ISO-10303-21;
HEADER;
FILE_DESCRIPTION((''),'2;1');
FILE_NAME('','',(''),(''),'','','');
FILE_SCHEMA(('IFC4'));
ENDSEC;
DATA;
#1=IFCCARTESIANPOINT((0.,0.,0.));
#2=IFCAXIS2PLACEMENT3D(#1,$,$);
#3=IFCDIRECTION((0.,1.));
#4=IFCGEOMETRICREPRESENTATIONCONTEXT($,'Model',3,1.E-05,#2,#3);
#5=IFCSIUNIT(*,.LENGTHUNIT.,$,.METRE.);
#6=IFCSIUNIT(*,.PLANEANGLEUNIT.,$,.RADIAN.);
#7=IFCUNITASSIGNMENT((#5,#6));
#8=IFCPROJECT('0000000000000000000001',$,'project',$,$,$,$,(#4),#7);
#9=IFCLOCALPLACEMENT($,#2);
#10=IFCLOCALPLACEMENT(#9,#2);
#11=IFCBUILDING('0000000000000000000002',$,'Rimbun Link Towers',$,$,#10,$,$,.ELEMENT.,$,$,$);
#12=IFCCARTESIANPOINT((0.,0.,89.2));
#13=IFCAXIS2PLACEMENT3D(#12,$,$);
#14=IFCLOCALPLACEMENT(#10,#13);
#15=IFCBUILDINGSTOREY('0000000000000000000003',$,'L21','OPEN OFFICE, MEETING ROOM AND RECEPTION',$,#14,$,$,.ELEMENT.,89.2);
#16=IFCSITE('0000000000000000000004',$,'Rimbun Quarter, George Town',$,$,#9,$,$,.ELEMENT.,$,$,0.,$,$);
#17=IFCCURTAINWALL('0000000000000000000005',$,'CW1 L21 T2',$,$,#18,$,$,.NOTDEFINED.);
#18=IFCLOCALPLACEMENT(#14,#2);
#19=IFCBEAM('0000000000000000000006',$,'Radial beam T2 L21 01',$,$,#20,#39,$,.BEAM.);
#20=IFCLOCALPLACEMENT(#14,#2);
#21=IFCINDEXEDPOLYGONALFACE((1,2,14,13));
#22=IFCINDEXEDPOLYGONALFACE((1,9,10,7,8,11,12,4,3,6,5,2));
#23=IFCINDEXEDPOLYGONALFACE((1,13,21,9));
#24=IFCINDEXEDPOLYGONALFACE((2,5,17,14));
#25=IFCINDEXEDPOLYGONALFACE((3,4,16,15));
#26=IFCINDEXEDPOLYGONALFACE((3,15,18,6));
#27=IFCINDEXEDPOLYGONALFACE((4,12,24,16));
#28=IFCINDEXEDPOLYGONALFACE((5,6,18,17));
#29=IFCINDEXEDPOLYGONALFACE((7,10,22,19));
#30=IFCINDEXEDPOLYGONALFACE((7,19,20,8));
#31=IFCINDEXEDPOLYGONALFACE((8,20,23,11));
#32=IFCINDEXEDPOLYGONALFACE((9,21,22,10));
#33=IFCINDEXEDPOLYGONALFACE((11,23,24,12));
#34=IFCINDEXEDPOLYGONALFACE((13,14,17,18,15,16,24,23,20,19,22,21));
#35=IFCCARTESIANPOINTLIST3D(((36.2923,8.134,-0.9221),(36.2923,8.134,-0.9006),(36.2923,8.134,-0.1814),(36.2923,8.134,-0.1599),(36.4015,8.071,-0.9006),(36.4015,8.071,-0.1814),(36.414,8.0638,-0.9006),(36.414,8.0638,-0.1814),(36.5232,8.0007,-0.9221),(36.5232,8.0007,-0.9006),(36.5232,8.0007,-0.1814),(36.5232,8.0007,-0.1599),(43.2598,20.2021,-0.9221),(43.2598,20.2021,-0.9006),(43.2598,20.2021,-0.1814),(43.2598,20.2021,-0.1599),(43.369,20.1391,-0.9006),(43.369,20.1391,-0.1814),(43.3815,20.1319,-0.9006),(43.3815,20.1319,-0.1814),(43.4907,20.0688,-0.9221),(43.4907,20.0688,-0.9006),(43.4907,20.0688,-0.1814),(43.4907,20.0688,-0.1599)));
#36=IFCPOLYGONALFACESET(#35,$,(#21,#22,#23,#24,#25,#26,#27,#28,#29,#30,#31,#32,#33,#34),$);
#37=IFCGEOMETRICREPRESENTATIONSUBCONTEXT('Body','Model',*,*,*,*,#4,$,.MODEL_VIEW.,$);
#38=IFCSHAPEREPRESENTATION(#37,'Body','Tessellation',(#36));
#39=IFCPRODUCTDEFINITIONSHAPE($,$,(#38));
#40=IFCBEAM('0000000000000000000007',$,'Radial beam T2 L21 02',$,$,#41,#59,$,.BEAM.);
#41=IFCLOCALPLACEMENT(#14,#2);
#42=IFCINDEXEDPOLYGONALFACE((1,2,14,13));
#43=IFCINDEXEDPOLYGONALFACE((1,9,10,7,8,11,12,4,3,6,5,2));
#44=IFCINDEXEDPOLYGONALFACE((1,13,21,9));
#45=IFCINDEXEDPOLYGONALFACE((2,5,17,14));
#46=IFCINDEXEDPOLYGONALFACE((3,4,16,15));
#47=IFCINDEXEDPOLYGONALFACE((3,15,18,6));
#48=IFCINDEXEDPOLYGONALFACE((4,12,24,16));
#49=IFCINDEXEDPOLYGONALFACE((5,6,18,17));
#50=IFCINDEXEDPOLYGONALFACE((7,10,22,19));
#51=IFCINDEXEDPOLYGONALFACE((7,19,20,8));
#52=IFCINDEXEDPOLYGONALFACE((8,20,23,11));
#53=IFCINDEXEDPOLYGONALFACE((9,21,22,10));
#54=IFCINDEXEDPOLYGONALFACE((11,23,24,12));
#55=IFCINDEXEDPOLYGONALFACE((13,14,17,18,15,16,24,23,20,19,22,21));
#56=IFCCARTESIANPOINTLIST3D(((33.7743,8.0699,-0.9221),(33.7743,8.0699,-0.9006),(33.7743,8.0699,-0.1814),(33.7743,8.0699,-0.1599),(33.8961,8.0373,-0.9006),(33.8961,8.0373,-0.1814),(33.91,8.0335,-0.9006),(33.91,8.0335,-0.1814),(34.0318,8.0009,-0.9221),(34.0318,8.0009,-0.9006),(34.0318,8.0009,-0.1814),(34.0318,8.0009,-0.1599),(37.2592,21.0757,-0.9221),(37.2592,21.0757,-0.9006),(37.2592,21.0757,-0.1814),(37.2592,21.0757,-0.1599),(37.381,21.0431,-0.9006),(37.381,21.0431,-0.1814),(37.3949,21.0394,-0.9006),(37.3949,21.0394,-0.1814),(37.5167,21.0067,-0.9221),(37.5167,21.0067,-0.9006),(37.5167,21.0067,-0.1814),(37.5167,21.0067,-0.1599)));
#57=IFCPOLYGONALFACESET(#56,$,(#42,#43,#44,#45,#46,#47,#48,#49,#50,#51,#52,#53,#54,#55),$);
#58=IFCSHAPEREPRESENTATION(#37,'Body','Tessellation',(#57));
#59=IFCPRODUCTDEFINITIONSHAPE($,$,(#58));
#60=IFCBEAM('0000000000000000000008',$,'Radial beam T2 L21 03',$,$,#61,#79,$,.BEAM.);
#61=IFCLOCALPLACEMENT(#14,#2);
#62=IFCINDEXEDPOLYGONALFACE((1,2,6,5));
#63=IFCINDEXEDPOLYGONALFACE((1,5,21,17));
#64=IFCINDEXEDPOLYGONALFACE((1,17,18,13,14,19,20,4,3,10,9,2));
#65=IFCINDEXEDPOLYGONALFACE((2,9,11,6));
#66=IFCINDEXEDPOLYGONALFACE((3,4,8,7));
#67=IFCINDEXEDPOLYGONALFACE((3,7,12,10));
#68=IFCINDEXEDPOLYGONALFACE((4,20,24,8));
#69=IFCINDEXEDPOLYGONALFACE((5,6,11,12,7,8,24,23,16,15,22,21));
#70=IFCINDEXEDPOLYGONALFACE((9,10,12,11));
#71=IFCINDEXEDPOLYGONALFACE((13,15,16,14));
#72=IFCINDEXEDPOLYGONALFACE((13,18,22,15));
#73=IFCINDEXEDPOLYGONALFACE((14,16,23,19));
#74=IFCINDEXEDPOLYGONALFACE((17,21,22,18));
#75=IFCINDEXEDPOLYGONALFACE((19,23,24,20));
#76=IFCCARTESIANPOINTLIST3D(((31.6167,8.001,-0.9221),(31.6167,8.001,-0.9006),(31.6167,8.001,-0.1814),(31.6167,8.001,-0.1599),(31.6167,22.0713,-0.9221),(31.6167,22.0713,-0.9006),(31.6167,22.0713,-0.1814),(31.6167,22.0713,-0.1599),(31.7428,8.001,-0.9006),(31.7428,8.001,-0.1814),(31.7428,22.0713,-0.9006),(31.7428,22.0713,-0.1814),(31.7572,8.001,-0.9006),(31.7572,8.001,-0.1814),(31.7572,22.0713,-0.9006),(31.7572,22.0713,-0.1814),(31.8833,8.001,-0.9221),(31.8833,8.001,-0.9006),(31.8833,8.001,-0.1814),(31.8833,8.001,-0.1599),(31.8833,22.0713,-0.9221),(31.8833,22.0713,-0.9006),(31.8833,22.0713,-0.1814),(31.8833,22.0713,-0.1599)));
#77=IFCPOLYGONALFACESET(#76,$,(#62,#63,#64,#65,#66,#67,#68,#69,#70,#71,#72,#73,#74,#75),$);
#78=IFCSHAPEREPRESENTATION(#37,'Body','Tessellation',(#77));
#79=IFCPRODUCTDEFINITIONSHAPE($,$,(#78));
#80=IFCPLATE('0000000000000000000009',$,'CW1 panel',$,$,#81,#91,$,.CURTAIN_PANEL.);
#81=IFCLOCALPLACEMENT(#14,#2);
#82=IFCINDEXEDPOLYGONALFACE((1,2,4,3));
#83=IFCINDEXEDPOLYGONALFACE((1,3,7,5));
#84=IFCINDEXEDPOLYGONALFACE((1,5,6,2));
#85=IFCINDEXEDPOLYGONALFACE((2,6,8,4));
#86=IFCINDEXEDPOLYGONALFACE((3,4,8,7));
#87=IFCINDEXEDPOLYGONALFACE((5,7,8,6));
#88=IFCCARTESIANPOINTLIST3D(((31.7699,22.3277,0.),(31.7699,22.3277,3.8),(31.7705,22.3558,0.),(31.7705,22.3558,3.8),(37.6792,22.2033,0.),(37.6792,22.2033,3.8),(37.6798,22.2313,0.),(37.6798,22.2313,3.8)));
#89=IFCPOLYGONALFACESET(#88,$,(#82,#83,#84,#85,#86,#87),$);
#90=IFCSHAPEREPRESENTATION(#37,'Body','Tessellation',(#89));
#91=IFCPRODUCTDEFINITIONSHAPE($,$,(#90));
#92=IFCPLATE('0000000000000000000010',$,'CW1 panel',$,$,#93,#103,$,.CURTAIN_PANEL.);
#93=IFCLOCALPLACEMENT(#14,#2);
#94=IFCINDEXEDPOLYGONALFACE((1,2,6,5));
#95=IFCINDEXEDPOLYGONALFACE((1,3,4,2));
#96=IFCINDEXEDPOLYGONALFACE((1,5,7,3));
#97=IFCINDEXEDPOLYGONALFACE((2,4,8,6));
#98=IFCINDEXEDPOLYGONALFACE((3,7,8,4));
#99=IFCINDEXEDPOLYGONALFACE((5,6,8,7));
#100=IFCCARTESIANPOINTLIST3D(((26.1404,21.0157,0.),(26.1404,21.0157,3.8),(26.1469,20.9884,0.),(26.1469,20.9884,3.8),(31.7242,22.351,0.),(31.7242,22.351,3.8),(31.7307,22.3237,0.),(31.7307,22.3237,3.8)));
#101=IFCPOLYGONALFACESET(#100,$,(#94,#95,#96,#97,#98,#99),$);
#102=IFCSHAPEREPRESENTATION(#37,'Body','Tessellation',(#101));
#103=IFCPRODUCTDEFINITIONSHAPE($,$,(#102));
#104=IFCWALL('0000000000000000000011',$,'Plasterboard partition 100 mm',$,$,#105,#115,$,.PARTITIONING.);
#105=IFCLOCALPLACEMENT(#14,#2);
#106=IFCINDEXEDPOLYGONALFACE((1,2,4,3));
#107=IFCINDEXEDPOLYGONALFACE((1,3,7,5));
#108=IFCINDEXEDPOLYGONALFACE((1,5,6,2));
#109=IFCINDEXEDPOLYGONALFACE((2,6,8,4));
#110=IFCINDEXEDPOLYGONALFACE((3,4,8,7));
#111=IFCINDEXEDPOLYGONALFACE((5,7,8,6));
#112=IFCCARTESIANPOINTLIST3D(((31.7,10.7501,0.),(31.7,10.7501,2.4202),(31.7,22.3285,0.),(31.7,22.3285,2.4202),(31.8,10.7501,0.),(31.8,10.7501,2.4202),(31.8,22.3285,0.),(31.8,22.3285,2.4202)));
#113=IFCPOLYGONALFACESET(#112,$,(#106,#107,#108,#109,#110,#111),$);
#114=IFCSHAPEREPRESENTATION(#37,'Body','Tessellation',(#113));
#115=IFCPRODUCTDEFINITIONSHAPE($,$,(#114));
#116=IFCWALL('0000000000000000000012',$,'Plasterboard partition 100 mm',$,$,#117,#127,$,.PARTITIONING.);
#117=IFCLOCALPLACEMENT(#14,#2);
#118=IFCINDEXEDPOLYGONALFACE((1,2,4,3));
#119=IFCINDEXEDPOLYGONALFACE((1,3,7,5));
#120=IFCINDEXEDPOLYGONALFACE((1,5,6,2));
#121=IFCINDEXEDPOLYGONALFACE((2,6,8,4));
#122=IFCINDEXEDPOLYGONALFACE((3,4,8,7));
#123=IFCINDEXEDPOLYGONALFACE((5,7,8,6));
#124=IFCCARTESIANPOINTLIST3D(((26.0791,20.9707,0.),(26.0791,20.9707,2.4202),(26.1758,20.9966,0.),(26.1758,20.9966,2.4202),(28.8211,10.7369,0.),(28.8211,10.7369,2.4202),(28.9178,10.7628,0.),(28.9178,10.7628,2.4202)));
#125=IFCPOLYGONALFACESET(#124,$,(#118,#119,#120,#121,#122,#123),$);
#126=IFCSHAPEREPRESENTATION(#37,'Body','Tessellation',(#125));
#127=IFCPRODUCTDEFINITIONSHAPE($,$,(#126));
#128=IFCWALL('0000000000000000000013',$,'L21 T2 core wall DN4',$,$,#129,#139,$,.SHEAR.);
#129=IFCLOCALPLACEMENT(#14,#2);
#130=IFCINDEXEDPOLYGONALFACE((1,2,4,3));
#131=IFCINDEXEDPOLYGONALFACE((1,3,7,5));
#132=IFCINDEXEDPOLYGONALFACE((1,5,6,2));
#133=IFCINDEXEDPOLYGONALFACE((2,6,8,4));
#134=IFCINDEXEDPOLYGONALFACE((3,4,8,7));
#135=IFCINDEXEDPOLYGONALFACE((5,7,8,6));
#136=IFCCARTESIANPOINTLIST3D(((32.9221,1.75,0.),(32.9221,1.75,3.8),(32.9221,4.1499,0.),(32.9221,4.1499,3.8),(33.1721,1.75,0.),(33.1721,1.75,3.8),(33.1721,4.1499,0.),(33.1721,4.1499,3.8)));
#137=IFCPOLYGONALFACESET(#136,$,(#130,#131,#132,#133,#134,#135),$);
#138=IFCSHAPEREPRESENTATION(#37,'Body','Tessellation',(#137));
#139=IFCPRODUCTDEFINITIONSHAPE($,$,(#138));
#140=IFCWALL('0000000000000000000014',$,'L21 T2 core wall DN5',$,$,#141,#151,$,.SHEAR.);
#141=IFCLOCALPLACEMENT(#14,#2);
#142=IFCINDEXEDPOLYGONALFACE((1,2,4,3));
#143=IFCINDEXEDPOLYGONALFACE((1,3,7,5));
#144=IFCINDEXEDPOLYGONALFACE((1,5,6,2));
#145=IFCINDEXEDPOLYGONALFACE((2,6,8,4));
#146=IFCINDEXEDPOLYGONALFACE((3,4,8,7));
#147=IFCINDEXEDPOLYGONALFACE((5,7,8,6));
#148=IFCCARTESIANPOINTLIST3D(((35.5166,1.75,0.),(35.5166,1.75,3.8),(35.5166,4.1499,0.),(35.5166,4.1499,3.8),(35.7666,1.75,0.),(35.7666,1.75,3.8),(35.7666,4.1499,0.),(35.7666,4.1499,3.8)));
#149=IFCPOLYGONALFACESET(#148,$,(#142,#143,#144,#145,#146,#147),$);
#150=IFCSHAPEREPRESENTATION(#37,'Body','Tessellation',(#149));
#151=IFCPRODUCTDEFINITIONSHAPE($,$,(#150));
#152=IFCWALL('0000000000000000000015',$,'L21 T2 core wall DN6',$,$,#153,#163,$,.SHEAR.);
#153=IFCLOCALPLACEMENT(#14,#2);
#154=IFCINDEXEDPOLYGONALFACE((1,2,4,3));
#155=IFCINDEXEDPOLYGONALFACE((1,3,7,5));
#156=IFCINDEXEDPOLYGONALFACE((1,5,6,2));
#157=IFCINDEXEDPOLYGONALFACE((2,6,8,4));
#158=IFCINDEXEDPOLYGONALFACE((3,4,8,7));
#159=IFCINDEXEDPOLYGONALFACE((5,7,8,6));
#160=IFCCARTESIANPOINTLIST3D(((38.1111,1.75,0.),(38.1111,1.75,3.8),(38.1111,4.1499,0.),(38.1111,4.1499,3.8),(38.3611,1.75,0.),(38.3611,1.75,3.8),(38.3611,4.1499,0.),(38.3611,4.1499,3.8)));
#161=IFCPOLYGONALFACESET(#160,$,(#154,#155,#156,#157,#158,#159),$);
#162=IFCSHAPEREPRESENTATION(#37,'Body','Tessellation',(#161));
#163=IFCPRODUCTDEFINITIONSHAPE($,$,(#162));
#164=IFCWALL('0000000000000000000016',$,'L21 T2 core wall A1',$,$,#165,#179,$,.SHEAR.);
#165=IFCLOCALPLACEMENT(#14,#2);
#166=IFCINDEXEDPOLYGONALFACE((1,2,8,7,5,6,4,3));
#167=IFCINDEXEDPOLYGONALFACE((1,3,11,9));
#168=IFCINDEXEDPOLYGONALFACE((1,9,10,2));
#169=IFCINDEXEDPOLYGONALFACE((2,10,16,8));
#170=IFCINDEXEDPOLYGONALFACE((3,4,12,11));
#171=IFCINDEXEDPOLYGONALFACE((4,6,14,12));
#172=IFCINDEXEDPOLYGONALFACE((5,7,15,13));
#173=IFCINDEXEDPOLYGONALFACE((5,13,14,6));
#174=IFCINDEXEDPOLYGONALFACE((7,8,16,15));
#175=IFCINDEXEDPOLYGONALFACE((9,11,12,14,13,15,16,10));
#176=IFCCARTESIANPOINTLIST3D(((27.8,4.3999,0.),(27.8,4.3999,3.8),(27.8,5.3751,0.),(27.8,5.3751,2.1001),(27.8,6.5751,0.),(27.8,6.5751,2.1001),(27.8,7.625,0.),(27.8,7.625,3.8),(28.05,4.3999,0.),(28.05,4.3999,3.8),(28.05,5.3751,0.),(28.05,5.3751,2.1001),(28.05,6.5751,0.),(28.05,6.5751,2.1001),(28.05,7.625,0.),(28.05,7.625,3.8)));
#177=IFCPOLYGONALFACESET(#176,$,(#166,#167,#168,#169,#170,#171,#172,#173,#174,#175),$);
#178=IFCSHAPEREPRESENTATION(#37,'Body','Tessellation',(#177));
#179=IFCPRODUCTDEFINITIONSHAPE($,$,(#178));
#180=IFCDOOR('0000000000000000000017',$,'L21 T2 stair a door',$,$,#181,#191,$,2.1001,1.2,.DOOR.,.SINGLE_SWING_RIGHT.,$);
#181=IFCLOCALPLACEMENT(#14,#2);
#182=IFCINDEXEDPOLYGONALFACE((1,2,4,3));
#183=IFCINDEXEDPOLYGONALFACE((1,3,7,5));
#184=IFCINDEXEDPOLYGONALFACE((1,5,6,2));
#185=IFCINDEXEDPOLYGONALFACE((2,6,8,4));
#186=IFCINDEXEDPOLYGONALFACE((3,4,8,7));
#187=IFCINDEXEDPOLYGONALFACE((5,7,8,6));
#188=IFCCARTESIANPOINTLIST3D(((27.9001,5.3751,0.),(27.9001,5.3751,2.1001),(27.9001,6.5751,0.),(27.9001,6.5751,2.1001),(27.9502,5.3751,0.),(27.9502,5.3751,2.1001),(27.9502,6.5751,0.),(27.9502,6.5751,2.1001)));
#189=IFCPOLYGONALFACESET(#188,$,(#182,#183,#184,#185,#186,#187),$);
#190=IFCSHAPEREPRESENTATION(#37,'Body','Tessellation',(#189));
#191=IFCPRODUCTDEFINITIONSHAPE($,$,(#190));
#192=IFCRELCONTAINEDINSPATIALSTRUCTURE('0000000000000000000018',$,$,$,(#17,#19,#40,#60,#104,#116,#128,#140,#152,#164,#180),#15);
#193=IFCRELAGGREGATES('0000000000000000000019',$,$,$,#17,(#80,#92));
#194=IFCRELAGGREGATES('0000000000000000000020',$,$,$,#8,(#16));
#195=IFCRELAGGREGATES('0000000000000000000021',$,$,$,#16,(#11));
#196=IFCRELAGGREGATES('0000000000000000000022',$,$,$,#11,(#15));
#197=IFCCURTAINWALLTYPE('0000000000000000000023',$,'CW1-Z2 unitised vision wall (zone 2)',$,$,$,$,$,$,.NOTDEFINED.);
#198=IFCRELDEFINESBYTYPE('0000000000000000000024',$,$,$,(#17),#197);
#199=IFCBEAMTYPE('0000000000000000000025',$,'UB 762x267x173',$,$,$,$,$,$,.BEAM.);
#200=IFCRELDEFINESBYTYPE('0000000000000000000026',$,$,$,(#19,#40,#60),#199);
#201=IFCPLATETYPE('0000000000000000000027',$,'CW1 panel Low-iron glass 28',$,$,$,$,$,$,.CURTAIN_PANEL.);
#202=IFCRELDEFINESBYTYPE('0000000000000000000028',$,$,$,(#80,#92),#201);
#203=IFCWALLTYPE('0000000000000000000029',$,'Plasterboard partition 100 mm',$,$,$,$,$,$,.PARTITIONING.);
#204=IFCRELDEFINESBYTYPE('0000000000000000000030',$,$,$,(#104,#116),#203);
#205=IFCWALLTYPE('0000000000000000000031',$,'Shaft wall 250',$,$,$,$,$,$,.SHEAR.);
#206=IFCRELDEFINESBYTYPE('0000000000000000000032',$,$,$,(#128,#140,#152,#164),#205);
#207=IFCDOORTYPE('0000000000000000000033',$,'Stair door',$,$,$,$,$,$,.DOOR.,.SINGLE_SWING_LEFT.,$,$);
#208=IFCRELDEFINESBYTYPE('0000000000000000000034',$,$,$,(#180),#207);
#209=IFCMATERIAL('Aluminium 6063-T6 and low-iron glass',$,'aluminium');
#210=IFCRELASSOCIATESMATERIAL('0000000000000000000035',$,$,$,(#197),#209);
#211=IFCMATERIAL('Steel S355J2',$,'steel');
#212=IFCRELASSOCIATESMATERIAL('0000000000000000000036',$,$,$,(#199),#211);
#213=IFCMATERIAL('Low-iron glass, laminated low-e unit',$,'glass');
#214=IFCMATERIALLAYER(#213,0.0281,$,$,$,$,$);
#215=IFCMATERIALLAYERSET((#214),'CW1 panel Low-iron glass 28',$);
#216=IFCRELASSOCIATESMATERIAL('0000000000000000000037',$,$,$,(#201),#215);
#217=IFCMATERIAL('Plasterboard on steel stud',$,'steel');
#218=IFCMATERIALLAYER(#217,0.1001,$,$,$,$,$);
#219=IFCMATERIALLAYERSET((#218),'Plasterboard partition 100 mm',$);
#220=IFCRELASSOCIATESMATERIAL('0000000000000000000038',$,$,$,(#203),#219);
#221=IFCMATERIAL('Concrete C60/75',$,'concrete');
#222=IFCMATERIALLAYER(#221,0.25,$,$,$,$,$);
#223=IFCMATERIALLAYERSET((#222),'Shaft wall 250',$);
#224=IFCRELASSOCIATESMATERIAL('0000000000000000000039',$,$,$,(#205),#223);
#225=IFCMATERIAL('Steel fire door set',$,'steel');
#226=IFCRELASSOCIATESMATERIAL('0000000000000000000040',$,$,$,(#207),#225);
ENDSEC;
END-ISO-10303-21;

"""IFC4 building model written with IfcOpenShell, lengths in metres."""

from ifc_helpers import new_model, si_unit, direction, frame, frame_2d, origin, origin_2d, place, context, subcontext, project, spatial, rectangle, i_section, extrude, material, layer, layer_set, material_profile, profile_set, type_object, element, fill, aggregate, save


model = new_model("IFC4")

# Units and contexts
model_context = context("Model", 3, precision=1e-05, world=origin(), true_north=direction((0.0, 1.0)))
body_context = subcontext(model_context, "Body", "Model", "MODEL_VIEW")
ifc_project = project(units=[si_unit("LENGTHUNIT", "METRE"), si_unit("PLANEANGLEUNIT", "RADIAN")], contexts=[model_context])

# Site, building, storey
site_placement = place(None, origin())
site = spatial("IfcSite", under=ifc_project, at=site_placement, Name="Rimbun Quarter, George Town", CompositionType="ELEMENT", RefElevation=0.0)
building_placement = place(site_placement, origin())
building = spatial("IfcBuilding", under=site, at=building_placement, Name="Rimbun Link Towers", CompositionType="ELEMENT")
storey_placement = place(building_placement, frame((0.0, 0.0, 89.2)))
storey = spatial("IfcBuildingStorey", under=building, at=storey_placement, Name="L21", Description="OPEN OFFICE, MEETING ROOM AND RECEPTION", CompositionType="ELEMENT", Elevation=89.2)

# Curtain wall
ifc_material_1 = material(Name="Aluminium 6063-T6 and low-iron glass", Category="aluminium")
curtain_wall_type = type_object("IfcCurtainWallType", Name="CW1-Z2 unitised vision wall (zone 2)", PredefinedType="NOTDEFINED", material=ifc_material_1)
curtain_wall_placement = place(storey_placement, origin())
curtain_wall = element("IfcCurtainWall", 1, at=curtain_wall_placement, inside=storey, type_object=curtain_wall_type, Name="CW1 L21 T2", PredefinedType="NOTDEFINED")

# Beams
ifc_material_2 = material(Name="Steel S355J2", Category="steel")
ifc_material_profile_1 = material_profile(ifc_material_2, i_section(OverallWidth=0.2666, OverallDepth=0.7622, WebThickness=0.0144, FlangeThickness=0.0215, at=origin_2d()), Name="UB 762x267x173")
ifc_profile_set_1 = profile_set([ifc_material_profile_1], Name="Steel S355J2")
beam_type_1 = type_object("IfcBeamType", Name="UB 762x267x173", PredefinedType="BEAM", material=ifc_profile_set_1)
beam_1_placement = place(storey_placement, frame((36.4077, 8.0674, -0.541), z_axis=(0.5, 0.866025, 0.0), x_axis=(-0.866025, 0.5, 0.0)))
element("IfcBeam", 2, at=beam_1_placement, inside=storey, type_object=beam_type_1, Name="Radial beam T2 L21 01", PredefinedType="BEAM", context=body_context, shape_type="SweptSolid", body=[
    extrude(i_section(OverallWidth=0.2666, OverallDepth=0.7622, WebThickness=0.0144, FlangeThickness=0.0215, at=origin_2d()), origin(), (0.0, 0.0, 1.0), 13.9351),
])
beam_2_placement = place(storey_placement, frame((33.9031, 8.0354, -0.541), z_axis=(0.258816, 0.965927, 0.0), x_axis=(-0.965927, 0.258816, 0.0)))
element("IfcBeam", 3, at=beam_2_placement, inside=storey, type_object=beam_type_1, Name="Radial beam T2 L21 02", PredefinedType="BEAM", context=body_context, shape_type="SweptSolid", body=[
    extrude(i_section(OverallWidth=0.2666, OverallDepth=0.7622, WebThickness=0.0144, FlangeThickness=0.0215, at=origin_2d()), origin(), (0.0, 0.0, 1.0), 13.4646),
])
beam_3_placement = place(storey_placement, frame((31.75, 8.001, -0.541), z_axis=(0.0, 1.0, 0.0), x_axis=(-1.0, 0.0, 0.0)))
element("IfcBeam", 4, at=beam_3_placement, inside=storey, type_object=beam_type_1, Name="Radial beam T2 L21 03", PredefinedType="BEAM", context=body_context, shape_type="SweptSolid", body=[
    extrude(i_section(OverallWidth=0.2666, OverallDepth=0.7622, WebThickness=0.0144, FlangeThickness=0.0215, at=origin_2d()), origin(), (0.0, 0.0, 1.0), 14.0703),
])

# Plates
ifc_material_3 = material(Name="Low-iron glass, laminated low-e unit", Category="glass")
ifc_layer_1 = layer(ifc_material_3, 0.0281)
ifc_layer_set_1 = layer_set([ifc_layer_1], Name="CW1 panel Low-iron glass 28")
plate_type = type_object("IfcPlateType", Name="CW1 panel Low-iron glass 28", PredefinedType="CURTAIN_PANEL", material=ifc_layer_set_1)
plate_1_placement = place(storey_placement, frame((34.7249, 22.2795, 0.0), z_axis=(0.0, 0.0, 1.0), x_axis=(0.999778, -0.021057, 0.0)))
plate_1 = element("IfcPlate", 5, at=plate_1_placement, type_object=plate_type, Name="CW1 panel", PredefinedType="CURTAIN_PANEL", context=body_context, shape_type="SweptSolid", body=[
    extrude(rectangle(XDim=5.9106, YDim=0.0281, at=origin_2d()), origin(), (0.0, 0.0, 1.0), 3.8),
])
plate_2_placement = place(storey_placement, frame((28.9355, 21.6697, 0.0), z_axis=(0.0, 0.0, 1.0), x_axis=(0.972576, 0.232584, 0.0)))
plate_2 = element("IfcPlate", 6, at=plate_2_placement, type_object=plate_type, Name="CW1 panel", PredefinedType="CURTAIN_PANEL", context=body_context, shape_type="SweptSolid", body=[
    extrude(rectangle(XDim=5.7412, YDim=0.0281, at=origin_2d()), origin(), (0.0, 0.0, 1.0), 3.8),
])
aggregate(curtain_wall, [plate_1, plate_2])

# Walls
ifc_material_4 = material(Name="Plasterboard on steel stud", Category="steel")
ifc_layer_2 = layer(ifc_material_4, 0.1001)
ifc_layer_set_2 = layer_set([ifc_layer_2], Name="Plasterboard partition 100 mm")
wall_type_1 = type_object("IfcWallType", Name="Plasterboard partition 100 mm", PredefinedType="PARTITIONING", material=ifc_layer_set_2)
wall_1_placement = place(storey_placement, frame((31.75, 22.3284, 0.0), z_axis=(0.0, 0.0, 1.0), x_axis=(0.0, -1.0, 0.0)))
element("IfcWall", 7, at=wall_1_placement, inside=storey, type_object=wall_type_1, Name="Plasterboard partition 100 mm", PredefinedType="PARTITIONING", context=body_context, shape_type="SweptSolid", body=[
    extrude(rectangle(XDim=11.5784, YDim=0.1001, at=frame_2d((5.7891, 0.0))), origin(), (0.0, 0.0, 1.0), 2.4202),
])
wall_2_placement = place(storey_placement, frame((26.1274, 20.9836, 0.0), z_axis=(0.0, 0.0, 1.0), x_axis=(0.258806, -0.965929, 0.0)))
element("IfcWall", 8, at=wall_2_placement, inside=storey, type_object=wall_type_1, Name="Plasterboard partition 100 mm", PredefinedType="PARTITIONING", context=body_context, shape_type="SweptSolid", body=[
    extrude(rectangle(XDim=10.5947, YDim=0.1001, at=frame_2d((5.2974, 0.0))), origin(), (0.0, 0.0, 1.0), 2.4202),
])
ifc_material_5 = material(Name="Concrete C60/75", Category="concrete")
ifc_layer_3 = layer(ifc_material_5, 0.25)
ifc_layer_set_3 = layer_set([ifc_layer_3], Name="Shaft wall 250")
wall_type_2 = type_object("IfcWallType", Name="Shaft wall 250", PredefinedType="SHEAR", material=ifc_layer_set_3)
for number, where, z_axis, x_axis, name in (
    (9, (33.0471, 1.75, 0.0), (0.0, 0.0, 1.0), (0.0, 1.0, 0.0), "L21 T2 core wall DN4"),
    (10, (35.6416, 1.75, 0.0), (0.0, 0.0, 1.0), (0.0, 1.0, 0.0), "L21 T2 core wall DN5"),
    (11, (38.2361, 1.75, 0.0), (0.0, 0.0, 1.0), (0.0, 1.0, 0.0), "L21 T2 core wall DN6"),
):
    element("IfcWall", number, at=place(storey_placement, frame(where, z_axis=z_axis, x_axis=x_axis)), inside=storey, type_object=wall_type_2, Name=name, PredefinedType="SHEAR", context=body_context, shape_type="SweptSolid", body=[
        extrude(rectangle(XDim=2.3999, YDim=0.25, at=frame_2d((1.2, 0.0))), origin(), (0.0, 0.0, 1.0), 3.8),
    ])

# Wall, opening, door
wall_3_placement = place(storey_placement, frame((27.925, 4.3999, 0.0), z_axis=(0.0, 0.0, 1.0), x_axis=(0.0, 1.0, 0.0)))
wall_3 = element("IfcWall", 12, at=wall_3_placement, inside=storey, type_object=wall_type_2, Name="L21 T2 core wall A1", PredefinedType="SHEAR", context=body_context, shape_type="SweptSolid", body=[
    extrude(rectangle(XDim=3.2251, YDim=0.25, at=frame_2d((1.6125, 0.0))), origin(), (0.0, 0.0, 1.0), 3.8),
])
opening_1_placement = place(wall_3_placement, frame((0.9751, 0.0, 0.0)))
opening_1 = element("IfcOpeningElement", 13, at=opening_1_placement, cuts=wall_3, PredefinedType="OPENING", context=body_context, shape_type="SweptSolid", body=[
    extrude(rectangle(XDim=1.2, YDim=2.1001, at=frame_2d((0.6001, 1.05))), frame((0.0, 0.135, 0.0), z_axis=(0.0, -1.0, 0.0), x_axis=(1.0, 0.0, 0.0)), (0.0, 0.0, 1.0), 0.27),
])
ifc_material_6 = material(Name="Steel fire door set", Category="steel")
door_type_1 = type_object("IfcDoorType", Name="Stair door", OperationType="SINGLE_SWING_LEFT", PredefinedType="DOOR", material=ifc_material_6)
door_1_placement = place(opening_1_placement, origin())
door_1 = element("IfcDoor", 14, at=door_1_placement, inside=storey, type_object=door_type_1, Name="L21 T2 stair a door", OperationType="SINGLE_SWING_RIGHT", OverallHeight=2.1001, OverallWidth=1.2, PredefinedType="DOOR", context=body_context, shape_type="SweptSolid", body=[
    extrude(rectangle(XDim=1.2, YDim=2.1001, at=frame_2d((0.6001, 1.05))), frame((0.0, 0.0249, 0.0), z_axis=(0.0, -1.0, 0.0), x_axis=(1.0, 0.0, 0.0)), (0.0, 0.0, 1.0), 0.05),
])
fill(opening_1, door_1)

save(model, "model.ifc")
